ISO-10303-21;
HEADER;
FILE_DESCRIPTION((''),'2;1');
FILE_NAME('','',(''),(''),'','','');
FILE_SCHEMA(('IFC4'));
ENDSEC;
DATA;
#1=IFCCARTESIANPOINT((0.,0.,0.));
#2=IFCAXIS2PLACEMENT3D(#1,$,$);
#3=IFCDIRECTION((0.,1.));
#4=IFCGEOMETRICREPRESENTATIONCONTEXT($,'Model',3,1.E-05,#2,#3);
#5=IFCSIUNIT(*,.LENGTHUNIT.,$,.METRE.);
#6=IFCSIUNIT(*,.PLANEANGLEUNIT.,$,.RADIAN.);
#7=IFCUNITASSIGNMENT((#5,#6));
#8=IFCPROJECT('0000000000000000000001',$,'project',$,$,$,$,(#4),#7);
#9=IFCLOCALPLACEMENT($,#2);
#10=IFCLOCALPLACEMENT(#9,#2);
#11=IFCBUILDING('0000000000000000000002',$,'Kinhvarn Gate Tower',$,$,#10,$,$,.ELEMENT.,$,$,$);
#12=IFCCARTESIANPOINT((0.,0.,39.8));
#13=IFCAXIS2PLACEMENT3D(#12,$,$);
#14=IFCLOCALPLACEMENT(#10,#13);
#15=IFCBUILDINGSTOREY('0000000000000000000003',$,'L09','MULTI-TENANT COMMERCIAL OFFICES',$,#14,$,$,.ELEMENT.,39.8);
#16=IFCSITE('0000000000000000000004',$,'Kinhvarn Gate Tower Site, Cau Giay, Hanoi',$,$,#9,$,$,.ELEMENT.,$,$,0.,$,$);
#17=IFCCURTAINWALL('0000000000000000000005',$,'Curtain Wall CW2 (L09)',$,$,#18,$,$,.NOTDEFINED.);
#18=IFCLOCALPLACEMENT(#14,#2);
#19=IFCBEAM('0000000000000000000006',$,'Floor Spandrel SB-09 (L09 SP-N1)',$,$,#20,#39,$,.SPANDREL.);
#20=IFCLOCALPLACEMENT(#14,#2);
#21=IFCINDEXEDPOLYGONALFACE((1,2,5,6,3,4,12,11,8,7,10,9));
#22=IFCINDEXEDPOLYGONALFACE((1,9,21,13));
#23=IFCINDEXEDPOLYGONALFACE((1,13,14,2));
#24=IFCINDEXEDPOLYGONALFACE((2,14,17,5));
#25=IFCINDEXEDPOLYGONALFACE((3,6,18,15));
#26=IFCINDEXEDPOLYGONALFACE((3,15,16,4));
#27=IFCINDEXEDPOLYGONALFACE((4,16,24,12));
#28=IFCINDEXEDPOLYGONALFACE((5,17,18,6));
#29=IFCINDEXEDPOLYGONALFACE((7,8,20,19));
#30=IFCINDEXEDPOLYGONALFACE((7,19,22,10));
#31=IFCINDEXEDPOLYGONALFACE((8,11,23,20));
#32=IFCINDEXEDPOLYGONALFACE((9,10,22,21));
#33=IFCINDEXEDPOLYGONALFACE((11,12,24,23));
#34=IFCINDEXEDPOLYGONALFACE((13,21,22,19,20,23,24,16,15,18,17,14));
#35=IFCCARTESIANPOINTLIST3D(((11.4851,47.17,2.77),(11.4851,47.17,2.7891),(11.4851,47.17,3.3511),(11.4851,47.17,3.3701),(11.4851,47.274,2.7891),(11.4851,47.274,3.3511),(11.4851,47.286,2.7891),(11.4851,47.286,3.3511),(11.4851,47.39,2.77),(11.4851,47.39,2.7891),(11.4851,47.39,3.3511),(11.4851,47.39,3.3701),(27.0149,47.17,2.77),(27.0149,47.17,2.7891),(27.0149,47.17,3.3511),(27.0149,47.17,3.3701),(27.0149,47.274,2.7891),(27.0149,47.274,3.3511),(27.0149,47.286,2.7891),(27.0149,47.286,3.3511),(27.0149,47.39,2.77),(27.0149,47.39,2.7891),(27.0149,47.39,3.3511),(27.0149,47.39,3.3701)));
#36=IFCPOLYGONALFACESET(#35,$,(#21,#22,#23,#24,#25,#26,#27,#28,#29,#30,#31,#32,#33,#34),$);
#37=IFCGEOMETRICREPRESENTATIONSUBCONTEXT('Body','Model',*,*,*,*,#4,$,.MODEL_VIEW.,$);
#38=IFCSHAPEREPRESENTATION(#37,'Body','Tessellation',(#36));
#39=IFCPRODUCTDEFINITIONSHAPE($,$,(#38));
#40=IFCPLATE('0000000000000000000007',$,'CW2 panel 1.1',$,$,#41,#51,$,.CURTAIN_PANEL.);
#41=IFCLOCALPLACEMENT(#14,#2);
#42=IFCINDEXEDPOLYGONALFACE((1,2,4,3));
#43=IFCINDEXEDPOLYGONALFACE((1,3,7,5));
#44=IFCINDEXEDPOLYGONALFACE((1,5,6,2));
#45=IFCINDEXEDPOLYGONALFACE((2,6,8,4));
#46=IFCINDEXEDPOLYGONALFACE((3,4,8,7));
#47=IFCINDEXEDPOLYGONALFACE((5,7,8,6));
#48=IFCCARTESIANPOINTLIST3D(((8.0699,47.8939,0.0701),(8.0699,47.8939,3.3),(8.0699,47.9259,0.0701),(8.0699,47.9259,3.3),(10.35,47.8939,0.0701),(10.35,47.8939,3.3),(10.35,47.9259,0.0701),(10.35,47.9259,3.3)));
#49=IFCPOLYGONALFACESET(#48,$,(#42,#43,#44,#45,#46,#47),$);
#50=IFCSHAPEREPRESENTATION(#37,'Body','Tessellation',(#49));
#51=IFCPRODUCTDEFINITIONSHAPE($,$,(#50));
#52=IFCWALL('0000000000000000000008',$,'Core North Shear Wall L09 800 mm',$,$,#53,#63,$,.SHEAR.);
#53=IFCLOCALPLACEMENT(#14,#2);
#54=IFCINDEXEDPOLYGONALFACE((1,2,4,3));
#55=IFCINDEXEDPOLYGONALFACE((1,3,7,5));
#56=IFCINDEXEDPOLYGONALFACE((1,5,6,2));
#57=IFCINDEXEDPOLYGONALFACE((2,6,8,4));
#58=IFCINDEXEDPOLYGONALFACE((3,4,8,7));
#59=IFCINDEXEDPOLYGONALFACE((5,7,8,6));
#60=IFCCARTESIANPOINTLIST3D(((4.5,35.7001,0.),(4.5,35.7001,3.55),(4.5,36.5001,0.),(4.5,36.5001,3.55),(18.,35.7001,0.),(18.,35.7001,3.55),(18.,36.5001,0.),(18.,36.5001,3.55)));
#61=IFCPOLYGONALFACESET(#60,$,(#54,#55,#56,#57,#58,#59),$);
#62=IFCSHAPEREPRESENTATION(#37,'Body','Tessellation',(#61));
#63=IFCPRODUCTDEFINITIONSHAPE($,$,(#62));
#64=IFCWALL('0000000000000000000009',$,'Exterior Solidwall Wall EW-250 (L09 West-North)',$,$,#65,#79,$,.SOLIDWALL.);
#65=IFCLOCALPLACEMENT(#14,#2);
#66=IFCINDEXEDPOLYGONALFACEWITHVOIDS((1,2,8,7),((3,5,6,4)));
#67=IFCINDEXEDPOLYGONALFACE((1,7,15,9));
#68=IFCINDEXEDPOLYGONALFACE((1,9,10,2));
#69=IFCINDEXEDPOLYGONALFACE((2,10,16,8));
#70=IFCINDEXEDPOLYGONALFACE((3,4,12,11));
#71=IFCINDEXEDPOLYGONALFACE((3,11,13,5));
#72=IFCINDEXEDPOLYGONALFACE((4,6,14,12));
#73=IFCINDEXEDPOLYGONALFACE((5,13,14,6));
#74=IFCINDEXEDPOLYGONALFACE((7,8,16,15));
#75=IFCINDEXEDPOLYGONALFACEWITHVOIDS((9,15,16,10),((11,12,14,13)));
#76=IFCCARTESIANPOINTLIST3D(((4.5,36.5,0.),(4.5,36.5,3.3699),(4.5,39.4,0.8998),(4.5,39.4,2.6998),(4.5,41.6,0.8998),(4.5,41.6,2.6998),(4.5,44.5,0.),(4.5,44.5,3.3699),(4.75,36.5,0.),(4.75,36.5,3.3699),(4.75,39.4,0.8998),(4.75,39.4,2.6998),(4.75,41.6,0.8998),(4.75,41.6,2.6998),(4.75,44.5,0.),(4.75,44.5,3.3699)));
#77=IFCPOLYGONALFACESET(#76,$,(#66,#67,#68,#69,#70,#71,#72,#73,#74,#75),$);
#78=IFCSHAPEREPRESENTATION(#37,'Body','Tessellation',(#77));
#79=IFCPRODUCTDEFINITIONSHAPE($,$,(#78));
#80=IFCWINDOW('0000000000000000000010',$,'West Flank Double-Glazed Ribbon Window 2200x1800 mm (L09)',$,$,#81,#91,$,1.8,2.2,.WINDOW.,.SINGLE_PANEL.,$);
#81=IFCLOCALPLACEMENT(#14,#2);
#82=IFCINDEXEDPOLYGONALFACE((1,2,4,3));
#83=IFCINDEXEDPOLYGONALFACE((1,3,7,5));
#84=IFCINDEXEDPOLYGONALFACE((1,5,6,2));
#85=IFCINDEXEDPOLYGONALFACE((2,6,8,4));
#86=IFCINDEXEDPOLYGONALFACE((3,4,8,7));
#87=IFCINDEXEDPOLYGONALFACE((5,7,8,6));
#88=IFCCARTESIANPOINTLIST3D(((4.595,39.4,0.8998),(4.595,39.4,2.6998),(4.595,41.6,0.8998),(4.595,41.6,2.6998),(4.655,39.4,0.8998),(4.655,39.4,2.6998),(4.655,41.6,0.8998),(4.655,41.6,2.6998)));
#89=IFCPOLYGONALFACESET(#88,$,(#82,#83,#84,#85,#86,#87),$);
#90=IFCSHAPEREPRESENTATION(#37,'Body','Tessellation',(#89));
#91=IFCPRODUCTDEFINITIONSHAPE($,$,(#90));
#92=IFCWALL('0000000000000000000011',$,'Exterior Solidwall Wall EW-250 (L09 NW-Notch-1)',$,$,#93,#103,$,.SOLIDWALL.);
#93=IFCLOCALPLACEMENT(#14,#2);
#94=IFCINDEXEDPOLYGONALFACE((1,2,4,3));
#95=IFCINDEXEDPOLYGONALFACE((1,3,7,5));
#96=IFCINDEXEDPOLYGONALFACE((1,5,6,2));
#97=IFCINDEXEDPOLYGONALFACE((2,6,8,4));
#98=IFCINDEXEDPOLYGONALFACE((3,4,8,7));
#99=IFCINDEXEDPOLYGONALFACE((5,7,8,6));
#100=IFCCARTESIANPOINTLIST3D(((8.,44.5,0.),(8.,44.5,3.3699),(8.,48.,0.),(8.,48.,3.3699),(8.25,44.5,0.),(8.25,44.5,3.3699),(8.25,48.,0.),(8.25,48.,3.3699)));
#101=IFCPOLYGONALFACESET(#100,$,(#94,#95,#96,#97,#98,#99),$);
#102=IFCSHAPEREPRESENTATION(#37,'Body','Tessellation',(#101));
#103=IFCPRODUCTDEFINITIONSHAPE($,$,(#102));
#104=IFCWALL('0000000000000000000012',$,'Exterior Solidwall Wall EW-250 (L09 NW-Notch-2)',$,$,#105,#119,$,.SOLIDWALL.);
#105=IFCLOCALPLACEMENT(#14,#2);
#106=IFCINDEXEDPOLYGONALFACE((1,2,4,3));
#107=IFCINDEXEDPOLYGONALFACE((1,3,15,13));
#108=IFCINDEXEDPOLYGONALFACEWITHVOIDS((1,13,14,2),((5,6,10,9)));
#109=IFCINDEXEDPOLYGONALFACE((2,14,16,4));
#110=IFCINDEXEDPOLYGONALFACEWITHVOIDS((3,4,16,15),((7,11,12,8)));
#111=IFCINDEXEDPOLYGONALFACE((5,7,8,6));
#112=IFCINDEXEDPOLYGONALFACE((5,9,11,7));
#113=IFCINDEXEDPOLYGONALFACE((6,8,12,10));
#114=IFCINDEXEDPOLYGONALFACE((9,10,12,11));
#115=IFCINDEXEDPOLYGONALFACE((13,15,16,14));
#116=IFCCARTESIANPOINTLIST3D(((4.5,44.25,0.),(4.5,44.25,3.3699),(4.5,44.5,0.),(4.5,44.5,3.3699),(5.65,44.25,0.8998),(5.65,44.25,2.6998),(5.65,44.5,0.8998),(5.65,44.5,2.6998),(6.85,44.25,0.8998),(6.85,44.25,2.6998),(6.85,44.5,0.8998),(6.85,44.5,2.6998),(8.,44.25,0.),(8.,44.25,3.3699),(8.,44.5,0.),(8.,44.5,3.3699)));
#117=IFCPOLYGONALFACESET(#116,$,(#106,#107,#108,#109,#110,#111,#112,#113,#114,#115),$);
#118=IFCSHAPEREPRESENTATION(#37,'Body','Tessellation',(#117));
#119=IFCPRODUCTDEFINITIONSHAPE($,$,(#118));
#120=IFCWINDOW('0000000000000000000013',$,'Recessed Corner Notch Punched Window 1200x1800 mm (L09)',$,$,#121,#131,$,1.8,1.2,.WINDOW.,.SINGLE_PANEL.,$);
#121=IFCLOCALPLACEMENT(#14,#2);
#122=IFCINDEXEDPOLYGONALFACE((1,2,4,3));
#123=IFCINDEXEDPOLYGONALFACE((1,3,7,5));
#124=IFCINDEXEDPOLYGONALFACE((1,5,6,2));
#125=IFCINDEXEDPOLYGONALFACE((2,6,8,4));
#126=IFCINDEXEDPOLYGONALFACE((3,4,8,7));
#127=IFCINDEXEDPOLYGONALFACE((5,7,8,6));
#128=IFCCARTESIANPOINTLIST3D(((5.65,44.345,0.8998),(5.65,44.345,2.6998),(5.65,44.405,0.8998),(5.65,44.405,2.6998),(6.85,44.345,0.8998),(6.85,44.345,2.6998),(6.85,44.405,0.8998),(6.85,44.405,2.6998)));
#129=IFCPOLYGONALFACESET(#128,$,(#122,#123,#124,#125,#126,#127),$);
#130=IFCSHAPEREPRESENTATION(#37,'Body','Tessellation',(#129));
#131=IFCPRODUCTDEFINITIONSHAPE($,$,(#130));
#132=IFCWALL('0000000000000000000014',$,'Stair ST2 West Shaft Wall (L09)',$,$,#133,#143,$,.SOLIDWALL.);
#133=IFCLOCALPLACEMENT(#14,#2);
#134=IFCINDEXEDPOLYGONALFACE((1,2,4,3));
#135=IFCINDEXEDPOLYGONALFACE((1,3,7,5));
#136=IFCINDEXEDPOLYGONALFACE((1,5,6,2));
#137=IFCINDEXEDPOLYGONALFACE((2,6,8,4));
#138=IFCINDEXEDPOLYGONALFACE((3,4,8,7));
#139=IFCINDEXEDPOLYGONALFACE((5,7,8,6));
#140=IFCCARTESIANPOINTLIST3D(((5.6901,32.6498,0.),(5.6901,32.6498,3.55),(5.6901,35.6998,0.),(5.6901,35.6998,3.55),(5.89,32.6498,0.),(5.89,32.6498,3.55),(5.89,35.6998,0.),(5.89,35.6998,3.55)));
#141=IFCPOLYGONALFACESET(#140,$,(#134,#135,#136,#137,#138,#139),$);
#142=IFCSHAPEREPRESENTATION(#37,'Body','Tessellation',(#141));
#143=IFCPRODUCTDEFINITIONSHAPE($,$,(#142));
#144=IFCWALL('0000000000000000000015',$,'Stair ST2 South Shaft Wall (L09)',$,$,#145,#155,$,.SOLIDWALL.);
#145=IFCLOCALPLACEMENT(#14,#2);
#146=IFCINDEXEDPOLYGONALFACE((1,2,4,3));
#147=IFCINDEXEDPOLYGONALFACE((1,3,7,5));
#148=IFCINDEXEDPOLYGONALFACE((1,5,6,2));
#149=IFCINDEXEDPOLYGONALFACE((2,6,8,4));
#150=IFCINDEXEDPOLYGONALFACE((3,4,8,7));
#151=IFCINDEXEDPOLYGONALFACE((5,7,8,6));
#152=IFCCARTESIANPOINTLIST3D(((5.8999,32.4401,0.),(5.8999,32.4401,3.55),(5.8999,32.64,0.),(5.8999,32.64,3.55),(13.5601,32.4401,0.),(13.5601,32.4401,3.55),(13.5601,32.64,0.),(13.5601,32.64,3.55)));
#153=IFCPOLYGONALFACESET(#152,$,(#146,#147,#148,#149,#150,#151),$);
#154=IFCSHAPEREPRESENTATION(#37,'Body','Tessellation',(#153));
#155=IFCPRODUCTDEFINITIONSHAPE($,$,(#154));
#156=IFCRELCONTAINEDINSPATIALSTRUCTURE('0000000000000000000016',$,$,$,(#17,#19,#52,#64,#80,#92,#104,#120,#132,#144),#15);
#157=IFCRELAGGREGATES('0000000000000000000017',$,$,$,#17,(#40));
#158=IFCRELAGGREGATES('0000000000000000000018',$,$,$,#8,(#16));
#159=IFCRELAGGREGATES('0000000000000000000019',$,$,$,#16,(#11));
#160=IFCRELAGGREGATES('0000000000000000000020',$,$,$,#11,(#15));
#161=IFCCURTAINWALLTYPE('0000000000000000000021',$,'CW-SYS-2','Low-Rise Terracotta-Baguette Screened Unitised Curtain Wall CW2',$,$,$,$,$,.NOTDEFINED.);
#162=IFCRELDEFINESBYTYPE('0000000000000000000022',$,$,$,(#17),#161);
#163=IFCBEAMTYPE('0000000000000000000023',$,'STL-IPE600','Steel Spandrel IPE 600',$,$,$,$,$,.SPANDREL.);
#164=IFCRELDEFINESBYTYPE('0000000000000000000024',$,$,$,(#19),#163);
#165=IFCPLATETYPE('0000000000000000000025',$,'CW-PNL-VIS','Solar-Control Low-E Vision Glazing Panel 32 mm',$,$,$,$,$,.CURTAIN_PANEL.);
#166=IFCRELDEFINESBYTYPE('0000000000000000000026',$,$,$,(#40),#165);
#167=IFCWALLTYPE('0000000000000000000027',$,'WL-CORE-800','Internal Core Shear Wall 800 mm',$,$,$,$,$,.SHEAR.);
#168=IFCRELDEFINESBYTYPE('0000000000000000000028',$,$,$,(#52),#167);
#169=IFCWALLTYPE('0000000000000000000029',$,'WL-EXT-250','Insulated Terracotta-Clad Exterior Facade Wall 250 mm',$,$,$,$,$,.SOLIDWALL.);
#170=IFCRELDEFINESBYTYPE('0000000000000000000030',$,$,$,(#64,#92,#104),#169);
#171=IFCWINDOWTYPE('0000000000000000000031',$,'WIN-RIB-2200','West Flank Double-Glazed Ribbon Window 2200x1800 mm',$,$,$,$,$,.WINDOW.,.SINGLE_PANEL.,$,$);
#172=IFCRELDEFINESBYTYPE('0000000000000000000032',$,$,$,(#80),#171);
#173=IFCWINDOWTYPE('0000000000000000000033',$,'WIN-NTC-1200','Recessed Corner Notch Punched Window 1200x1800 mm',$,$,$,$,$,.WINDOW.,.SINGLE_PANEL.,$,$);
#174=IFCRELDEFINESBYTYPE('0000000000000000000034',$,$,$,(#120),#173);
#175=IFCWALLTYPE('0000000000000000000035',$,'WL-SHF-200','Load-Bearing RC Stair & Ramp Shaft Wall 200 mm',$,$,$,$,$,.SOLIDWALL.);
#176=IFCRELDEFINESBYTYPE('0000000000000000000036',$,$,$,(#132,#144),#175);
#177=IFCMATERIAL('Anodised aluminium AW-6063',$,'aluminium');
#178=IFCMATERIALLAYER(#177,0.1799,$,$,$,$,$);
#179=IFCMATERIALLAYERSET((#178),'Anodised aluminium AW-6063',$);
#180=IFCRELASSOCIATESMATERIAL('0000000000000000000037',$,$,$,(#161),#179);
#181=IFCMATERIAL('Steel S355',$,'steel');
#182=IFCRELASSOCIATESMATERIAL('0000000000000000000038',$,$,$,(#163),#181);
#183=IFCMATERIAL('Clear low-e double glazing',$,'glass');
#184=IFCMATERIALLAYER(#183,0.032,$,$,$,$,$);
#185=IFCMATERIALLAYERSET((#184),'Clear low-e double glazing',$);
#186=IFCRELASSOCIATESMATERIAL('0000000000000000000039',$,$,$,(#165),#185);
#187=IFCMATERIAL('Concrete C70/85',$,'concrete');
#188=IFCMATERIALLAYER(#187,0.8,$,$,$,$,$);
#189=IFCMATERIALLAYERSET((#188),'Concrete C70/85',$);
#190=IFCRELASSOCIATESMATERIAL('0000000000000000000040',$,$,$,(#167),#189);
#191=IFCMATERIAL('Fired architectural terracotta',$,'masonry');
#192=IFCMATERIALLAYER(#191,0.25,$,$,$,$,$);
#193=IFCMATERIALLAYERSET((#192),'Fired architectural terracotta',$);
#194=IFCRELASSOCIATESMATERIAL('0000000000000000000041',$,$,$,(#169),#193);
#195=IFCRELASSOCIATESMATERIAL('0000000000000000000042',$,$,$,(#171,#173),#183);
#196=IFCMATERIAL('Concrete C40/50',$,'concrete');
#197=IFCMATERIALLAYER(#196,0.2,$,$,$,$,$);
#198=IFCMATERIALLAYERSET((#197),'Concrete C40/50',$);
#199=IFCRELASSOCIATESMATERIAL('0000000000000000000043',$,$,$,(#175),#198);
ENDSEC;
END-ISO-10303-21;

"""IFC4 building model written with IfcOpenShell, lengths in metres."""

from ifc_helpers import new_model, si_unit, direction, frame, frame_2d, origin, origin_2d, place, context, subcontext, project, spatial, rectangle, i_section, extrude, material, layer, layer_set, material_profile, profile_set, type_object, element, fill, aggregate, save


model = new_model("IFC4")

# Units and contexts
model_context = context("Model", 3, precision=1e-05, world=origin(), true_north=direction((0.0, 1.0)))
body_context = subcontext(model_context, "Body", "Model", "MODEL_VIEW")
ifc_project = project(units=[si_unit("LENGTHUNIT", "METRE"), si_unit("PLANEANGLEUNIT", "RADIAN")], contexts=[model_context])

# Site, building, storey
site_placement = place(None, origin())
site = spatial("IfcSite", under=ifc_project, at=site_placement, Name="Kinhvarn Gate Tower Site, Cau Giay, Hanoi", CompositionType="ELEMENT", RefElevation=0.0)
building_placement = place(site_placement, origin())
building = spatial("IfcBuilding", under=site, at=building_placement, Name="Kinhvarn Gate Tower", CompositionType="ELEMENT")
storey_placement = place(building_placement, frame((0.0, 0.0, 39.8)))
storey = spatial("IfcBuildingStorey", under=building, at=storey_placement, Name="L09", Description="MULTI-TENANT COMMERCIAL OFFICES", CompositionType="ELEMENT", Elevation=39.8)

# Shared definitions
ifc_material_1 = material(Name="Concrete C70/85", Category="concrete")

# Curtain wall
ifc_material_2 = material(Name="Anodised aluminium AW-6063", Category="aluminium")
ifc_layer_1 = layer(ifc_material_2, 0.1799)
ifc_layer_set_1 = layer_set([ifc_layer_1], Name="Anodised aluminium AW-6063")
curtain_wall_type = type_object("IfcCurtainWallType", Name="CW-SYS-2", Description="Low-Rise Terracotta-Baguette Screened Unitised Curtain Wall CW2", PredefinedType="NOTDEFINED", material=ifc_layer_set_1)
curtain_wall_placement = place(storey_placement, origin())
curtain_wall = element("IfcCurtainWall", 1, at=curtain_wall_placement, inside=storey, type_object=curtain_wall_type, Name="Curtain Wall CW2 (L09)", PredefinedType="NOTDEFINED")

# Beam
ifc_material_3 = material(Name="Steel S355", Category="steel")
ifc_material_profile_1 = material_profile(ifc_material_3, i_section(OverallWidth=0.22, OverallDepth=0.6001, WebThickness=0.012, FlangeThickness=0.019, at=origin_2d()), Name="IPE 600")
ifc_profile_set_1 = profile_set([ifc_material_profile_1], Name="Steel S355")
beam_type_1 = type_object("IfcBeamType", Name="STL-IPE600", Description="Steel Spandrel IPE 600", PredefinedType="SPANDREL", material=ifc_profile_set_1)
beam_1_placement = place(storey_placement, frame((11.4851, 47.28, 3.0701), z_axis=(1.0, 0.0, 0.0), x_axis=(0.0, 1.0, 0.0)))
element("IfcBeam", 2, at=beam_1_placement, inside=storey, type_object=beam_type_1, Name="Floor Spandrel SB-09 (L09 SP-N1)", PredefinedType="SPANDREL", context=body_context, shape_type="SweptSolid", body=[
    extrude(i_section(OverallWidth=0.22, OverallDepth=0.6001, WebThickness=0.012, FlangeThickness=0.019, at=origin_2d()), origin(), (0.0, 0.0, 1.0), 15.5298),
])

# Plate
ifc_material_4 = material(Name="Clear low-e double glazing", Category="glass")
ifc_layer_2 = layer(ifc_material_4, 0.032)
ifc_layer_set_2 = layer_set([ifc_layer_2], Name="Clear low-e double glazing")
plate_type = type_object("IfcPlateType", Name="CW-PNL-VIS", Description="Solar-Control Low-E Vision Glazing Panel 32 mm", PredefinedType="CURTAIN_PANEL", material=ifc_layer_set_2)
plate_placement = place(storey_placement, frame((9.21, 47.9099, 0.0701), z_axis=(0.0, 0.0, 1.0), x_axis=(-1.0, 0.0, 0.0)))
plate = element("IfcPlate", 3, at=plate_placement, type_object=plate_type, Name="CW2 panel 1.1", PredefinedType="CURTAIN_PANEL", context=body_context, shape_type="SweptSolid", body=[
    extrude(rectangle(XDim=2.28, YDim=0.032, at=origin_2d()), origin(), (0.0, 0.0, 1.0), 3.23),
])
aggregate(curtain_wall, [plate])

# Wall
ifc_layer_3 = layer(ifc_material_1, 0.8)
ifc_layer_set_3 = layer_set([ifc_layer_3], Name="Concrete C70/85")
wall_type_1 = type_object("IfcWallType", Name="WL-CORE-800", Description="Internal Core Shear Wall 800 mm", PredefinedType="SHEAR", material=ifc_layer_set_3)
wall_1_placement = place(storey_placement, frame((4.5, 36.1001, 0.0), z_axis=(0.0, 0.0, 1.0), x_axis=(1.0, 0.0, 0.0)))
element("IfcWall", 4, at=wall_1_placement, inside=storey, type_object=wall_type_1, Name="Core North Shear Wall L09 800 mm", PredefinedType="SHEAR", context=body_context, shape_type="SweptSolid", body=[
    extrude(rectangle(XDim=13.5, YDim=0.8, at=frame_2d((6.75, 0.0))), origin(), (0.0, 0.0, 1.0), 3.55),
])

# Wall, opening, window
ifc_material_5 = material(Name="Fired architectural terracotta", Category="masonry")
ifc_layer_4 = layer(ifc_material_5, 0.25)
ifc_layer_set_4 = layer_set([ifc_layer_4], Name="Fired architectural terracotta")
wall_type_2 = type_object("IfcWallType", Name="WL-EXT-250", Description="Insulated Terracotta-Clad Exterior Facade Wall 250 mm", PredefinedType="SOLIDWALL", material=ifc_layer_set_4)
wall_2_placement = place(storey_placement, frame((4.625, 44.5, 0.0), z_axis=(0.0, 0.0, 1.0), x_axis=(0.0, -1.0, 0.0)))
wall_2 = element("IfcWall", 5, at=wall_2_placement, inside=storey, type_object=wall_type_2, Name="Exterior Solidwall Wall EW-250 (L09 West-North)", PredefinedType="SOLIDWALL", context=body_context, shape_type="SweptSolid", body=[
    extrude(rectangle(XDim=8.0, YDim=0.25, at=frame_2d((4.0, 0.0))), origin(), (0.0, 0.0, 1.0), 3.3699),
])
opening_1_placement = place(wall_2_placement, frame((2.8999, 0.0, 0.8999)))
opening_1 = element("IfcOpeningElement", 6, at=opening_1_placement, cuts=wall_2, PredefinedType="OPENING", context=body_context, shape_type="SweptSolid", body=[
    extrude(rectangle(XDim=2.2, YDim=1.8, at=frame_2d((1.1001, 0.8999))), frame((0.0, 0.135, 0.0), z_axis=(0.0, -1.0, 0.0), x_axis=(1.0, 0.0, 0.0)), (0.0, 0.0, 1.0), 0.27),
])
window_type_1 = type_object("IfcWindowType", Name="WIN-RIB-2200", Description="West Flank Double-Glazed Ribbon Window 2200x1800 mm", PartitioningType="SINGLE_PANEL", PredefinedType="WINDOW", material=ifc_material_4)
window_1_placement = place(opening_1_placement, origin())
window_1 = element("IfcWindow", 7, at=window_1_placement, inside=storey, type_object=window_type_1, Name="West Flank Double-Glazed Ribbon Window 2200x1800 mm (L09)", OverallHeight=1.8, OverallWidth=2.2, PartitioningType="SINGLE_PANEL", PredefinedType="WINDOW", context=body_context, shape_type="SweptSolid", body=[
    extrude(rectangle(XDim=2.2, YDim=1.8, at=frame_2d((1.1001, 0.8999))), frame((0.0, 0.03, 0.0), z_axis=(0.0, -1.0, 0.0), x_axis=(1.0, 0.0, 0.0)), (0.0, 0.0, 1.0), 0.0601),
])
fill(opening_1, window_1)

# Wall
wall_3_placement = place(storey_placement, frame((8.125, 48.0, 0.0), z_axis=(0.0, 0.0, 1.0), x_axis=(0.0, -1.0, 0.0)))
element("IfcWall", 8, at=wall_3_placement, inside=storey, type_object=wall_type_2, Name="Exterior Solidwall Wall EW-250 (L09 NW-Notch-1)", PredefinedType="SOLIDWALL", context=body_context, shape_type="SweptSolid", body=[
    extrude(rectangle(XDim=3.5, YDim=0.25, at=frame_2d((1.75, 0.0))), origin(), (0.0, 0.0, 1.0), 3.3699),
])

# Wall, opening, window
wall_4_placement = place(storey_placement, frame((8.0, 44.375, 0.0), z_axis=(0.0, 0.0, 1.0), x_axis=(-1.0, 0.0, 0.0)))
wall_4 = element("IfcWall", 9, at=wall_4_placement, inside=storey, type_object=wall_type_2, Name="Exterior Solidwall Wall EW-250 (L09 NW-Notch-2)", PredefinedType="SOLIDWALL", context=body_context, shape_type="SweptSolid", body=[
    extrude(rectangle(XDim=3.5, YDim=0.25, at=frame_2d((1.75, 0.0))), origin(), (0.0, 0.0, 1.0), 3.3699),
])
opening_2_placement = place(wall_4_placement, frame((1.1499, 0.0, 0.8999)))
opening_2 = element("IfcOpeningElement", 10, at=opening_2_placement, cuts=wall_4, PredefinedType="OPENING", context=body_context, shape_type="SweptSolid", body=[
    extrude(rectangle(XDim=1.2, YDim=1.8, at=frame_2d((0.6001, 0.8999))), frame((0.0, 0.135, 0.0), z_axis=(0.0, -1.0, 0.0), x_axis=(1.0, 0.0, 0.0)), (0.0, 0.0, 1.0), 0.27),
])
window_type_2 = type_object("IfcWindowType", Name="WIN-NTC-1200", Description="Recessed Corner Notch Punched Window 1200x1800 mm", PartitioningType="SINGLE_PANEL", PredefinedType="WINDOW", material=ifc_material_4)
window_2_placement = place(opening_2_placement, origin())
window_2 = element("IfcWindow", 11, at=window_2_placement, inside=storey, type_object=window_type_2, Name="Recessed Corner Notch Punched Window 1200x1800 mm (L09)", OverallHeight=1.8, OverallWidth=1.2, PartitioningType="SINGLE_PANEL", PredefinedType="WINDOW", context=body_context, shape_type="SweptSolid", body=[
    extrude(rectangle(XDim=1.2, YDim=1.8, at=frame_2d((0.6001, 0.8999))), frame((0.0, 0.03, 0.0), z_axis=(0.0, -1.0, 0.0), x_axis=(1.0, 0.0, 0.0)), (0.0, 0.0, 1.0), 0.0601),
])
fill(opening_2, window_2)

# Walls
ifc_material_6 = material(Name="Concrete C40/50", Category="concrete")
ifc_layer_5 = layer(ifc_material_6, 0.2)
ifc_layer_set_5 = layer_set([ifc_layer_5], Name="Concrete C40/50")
wall_type_3 = type_object("IfcWallType", Name="WL-SHF-200", Description="Load-Bearing RC Stair & Ramp Shaft Wall 200 mm", PredefinedType="SOLIDWALL", material=ifc_layer_set_5)
wall_5_placement = place(storey_placement, frame((5.79, 32.6499, 0.0), z_axis=(0.0, 0.0, 1.0), x_axis=(0.0, 1.0, 0.0)))
element("IfcWall", 12, at=wall_5_placement, inside=storey, type_object=wall_type_3, Name="Stair ST2 West Shaft Wall (L09)", PredefinedType="SOLIDWALL", context=body_context, shape_type="SweptSolid", body=[
    extrude(rectangle(XDim=3.05, YDim=0.2, at=frame_2d((1.5249, 0.0))), origin(), (0.0, 0.0, 1.0), 3.55),
])
wall_6_placement = place(storey_placement, frame((5.8999, 32.54, 0.0), z_axis=(0.0, 0.0, 1.0), x_axis=(1.0, 0.0, 0.0)))
element("IfcWall", 13, at=wall_6_placement, inside=storey, type_object=wall_type_3, Name="Stair ST2 South Shaft Wall (L09)", PredefinedType="SOLIDWALL", context=body_context, shape_type="SweptSolid", body=[
    extrude(rectangle(XDim=7.6602, YDim=0.2, at=frame_2d((3.8301, 0.0))), origin(), (0.0, 0.0, 1.0), 3.55),
])

save(model, "model.ifc")
